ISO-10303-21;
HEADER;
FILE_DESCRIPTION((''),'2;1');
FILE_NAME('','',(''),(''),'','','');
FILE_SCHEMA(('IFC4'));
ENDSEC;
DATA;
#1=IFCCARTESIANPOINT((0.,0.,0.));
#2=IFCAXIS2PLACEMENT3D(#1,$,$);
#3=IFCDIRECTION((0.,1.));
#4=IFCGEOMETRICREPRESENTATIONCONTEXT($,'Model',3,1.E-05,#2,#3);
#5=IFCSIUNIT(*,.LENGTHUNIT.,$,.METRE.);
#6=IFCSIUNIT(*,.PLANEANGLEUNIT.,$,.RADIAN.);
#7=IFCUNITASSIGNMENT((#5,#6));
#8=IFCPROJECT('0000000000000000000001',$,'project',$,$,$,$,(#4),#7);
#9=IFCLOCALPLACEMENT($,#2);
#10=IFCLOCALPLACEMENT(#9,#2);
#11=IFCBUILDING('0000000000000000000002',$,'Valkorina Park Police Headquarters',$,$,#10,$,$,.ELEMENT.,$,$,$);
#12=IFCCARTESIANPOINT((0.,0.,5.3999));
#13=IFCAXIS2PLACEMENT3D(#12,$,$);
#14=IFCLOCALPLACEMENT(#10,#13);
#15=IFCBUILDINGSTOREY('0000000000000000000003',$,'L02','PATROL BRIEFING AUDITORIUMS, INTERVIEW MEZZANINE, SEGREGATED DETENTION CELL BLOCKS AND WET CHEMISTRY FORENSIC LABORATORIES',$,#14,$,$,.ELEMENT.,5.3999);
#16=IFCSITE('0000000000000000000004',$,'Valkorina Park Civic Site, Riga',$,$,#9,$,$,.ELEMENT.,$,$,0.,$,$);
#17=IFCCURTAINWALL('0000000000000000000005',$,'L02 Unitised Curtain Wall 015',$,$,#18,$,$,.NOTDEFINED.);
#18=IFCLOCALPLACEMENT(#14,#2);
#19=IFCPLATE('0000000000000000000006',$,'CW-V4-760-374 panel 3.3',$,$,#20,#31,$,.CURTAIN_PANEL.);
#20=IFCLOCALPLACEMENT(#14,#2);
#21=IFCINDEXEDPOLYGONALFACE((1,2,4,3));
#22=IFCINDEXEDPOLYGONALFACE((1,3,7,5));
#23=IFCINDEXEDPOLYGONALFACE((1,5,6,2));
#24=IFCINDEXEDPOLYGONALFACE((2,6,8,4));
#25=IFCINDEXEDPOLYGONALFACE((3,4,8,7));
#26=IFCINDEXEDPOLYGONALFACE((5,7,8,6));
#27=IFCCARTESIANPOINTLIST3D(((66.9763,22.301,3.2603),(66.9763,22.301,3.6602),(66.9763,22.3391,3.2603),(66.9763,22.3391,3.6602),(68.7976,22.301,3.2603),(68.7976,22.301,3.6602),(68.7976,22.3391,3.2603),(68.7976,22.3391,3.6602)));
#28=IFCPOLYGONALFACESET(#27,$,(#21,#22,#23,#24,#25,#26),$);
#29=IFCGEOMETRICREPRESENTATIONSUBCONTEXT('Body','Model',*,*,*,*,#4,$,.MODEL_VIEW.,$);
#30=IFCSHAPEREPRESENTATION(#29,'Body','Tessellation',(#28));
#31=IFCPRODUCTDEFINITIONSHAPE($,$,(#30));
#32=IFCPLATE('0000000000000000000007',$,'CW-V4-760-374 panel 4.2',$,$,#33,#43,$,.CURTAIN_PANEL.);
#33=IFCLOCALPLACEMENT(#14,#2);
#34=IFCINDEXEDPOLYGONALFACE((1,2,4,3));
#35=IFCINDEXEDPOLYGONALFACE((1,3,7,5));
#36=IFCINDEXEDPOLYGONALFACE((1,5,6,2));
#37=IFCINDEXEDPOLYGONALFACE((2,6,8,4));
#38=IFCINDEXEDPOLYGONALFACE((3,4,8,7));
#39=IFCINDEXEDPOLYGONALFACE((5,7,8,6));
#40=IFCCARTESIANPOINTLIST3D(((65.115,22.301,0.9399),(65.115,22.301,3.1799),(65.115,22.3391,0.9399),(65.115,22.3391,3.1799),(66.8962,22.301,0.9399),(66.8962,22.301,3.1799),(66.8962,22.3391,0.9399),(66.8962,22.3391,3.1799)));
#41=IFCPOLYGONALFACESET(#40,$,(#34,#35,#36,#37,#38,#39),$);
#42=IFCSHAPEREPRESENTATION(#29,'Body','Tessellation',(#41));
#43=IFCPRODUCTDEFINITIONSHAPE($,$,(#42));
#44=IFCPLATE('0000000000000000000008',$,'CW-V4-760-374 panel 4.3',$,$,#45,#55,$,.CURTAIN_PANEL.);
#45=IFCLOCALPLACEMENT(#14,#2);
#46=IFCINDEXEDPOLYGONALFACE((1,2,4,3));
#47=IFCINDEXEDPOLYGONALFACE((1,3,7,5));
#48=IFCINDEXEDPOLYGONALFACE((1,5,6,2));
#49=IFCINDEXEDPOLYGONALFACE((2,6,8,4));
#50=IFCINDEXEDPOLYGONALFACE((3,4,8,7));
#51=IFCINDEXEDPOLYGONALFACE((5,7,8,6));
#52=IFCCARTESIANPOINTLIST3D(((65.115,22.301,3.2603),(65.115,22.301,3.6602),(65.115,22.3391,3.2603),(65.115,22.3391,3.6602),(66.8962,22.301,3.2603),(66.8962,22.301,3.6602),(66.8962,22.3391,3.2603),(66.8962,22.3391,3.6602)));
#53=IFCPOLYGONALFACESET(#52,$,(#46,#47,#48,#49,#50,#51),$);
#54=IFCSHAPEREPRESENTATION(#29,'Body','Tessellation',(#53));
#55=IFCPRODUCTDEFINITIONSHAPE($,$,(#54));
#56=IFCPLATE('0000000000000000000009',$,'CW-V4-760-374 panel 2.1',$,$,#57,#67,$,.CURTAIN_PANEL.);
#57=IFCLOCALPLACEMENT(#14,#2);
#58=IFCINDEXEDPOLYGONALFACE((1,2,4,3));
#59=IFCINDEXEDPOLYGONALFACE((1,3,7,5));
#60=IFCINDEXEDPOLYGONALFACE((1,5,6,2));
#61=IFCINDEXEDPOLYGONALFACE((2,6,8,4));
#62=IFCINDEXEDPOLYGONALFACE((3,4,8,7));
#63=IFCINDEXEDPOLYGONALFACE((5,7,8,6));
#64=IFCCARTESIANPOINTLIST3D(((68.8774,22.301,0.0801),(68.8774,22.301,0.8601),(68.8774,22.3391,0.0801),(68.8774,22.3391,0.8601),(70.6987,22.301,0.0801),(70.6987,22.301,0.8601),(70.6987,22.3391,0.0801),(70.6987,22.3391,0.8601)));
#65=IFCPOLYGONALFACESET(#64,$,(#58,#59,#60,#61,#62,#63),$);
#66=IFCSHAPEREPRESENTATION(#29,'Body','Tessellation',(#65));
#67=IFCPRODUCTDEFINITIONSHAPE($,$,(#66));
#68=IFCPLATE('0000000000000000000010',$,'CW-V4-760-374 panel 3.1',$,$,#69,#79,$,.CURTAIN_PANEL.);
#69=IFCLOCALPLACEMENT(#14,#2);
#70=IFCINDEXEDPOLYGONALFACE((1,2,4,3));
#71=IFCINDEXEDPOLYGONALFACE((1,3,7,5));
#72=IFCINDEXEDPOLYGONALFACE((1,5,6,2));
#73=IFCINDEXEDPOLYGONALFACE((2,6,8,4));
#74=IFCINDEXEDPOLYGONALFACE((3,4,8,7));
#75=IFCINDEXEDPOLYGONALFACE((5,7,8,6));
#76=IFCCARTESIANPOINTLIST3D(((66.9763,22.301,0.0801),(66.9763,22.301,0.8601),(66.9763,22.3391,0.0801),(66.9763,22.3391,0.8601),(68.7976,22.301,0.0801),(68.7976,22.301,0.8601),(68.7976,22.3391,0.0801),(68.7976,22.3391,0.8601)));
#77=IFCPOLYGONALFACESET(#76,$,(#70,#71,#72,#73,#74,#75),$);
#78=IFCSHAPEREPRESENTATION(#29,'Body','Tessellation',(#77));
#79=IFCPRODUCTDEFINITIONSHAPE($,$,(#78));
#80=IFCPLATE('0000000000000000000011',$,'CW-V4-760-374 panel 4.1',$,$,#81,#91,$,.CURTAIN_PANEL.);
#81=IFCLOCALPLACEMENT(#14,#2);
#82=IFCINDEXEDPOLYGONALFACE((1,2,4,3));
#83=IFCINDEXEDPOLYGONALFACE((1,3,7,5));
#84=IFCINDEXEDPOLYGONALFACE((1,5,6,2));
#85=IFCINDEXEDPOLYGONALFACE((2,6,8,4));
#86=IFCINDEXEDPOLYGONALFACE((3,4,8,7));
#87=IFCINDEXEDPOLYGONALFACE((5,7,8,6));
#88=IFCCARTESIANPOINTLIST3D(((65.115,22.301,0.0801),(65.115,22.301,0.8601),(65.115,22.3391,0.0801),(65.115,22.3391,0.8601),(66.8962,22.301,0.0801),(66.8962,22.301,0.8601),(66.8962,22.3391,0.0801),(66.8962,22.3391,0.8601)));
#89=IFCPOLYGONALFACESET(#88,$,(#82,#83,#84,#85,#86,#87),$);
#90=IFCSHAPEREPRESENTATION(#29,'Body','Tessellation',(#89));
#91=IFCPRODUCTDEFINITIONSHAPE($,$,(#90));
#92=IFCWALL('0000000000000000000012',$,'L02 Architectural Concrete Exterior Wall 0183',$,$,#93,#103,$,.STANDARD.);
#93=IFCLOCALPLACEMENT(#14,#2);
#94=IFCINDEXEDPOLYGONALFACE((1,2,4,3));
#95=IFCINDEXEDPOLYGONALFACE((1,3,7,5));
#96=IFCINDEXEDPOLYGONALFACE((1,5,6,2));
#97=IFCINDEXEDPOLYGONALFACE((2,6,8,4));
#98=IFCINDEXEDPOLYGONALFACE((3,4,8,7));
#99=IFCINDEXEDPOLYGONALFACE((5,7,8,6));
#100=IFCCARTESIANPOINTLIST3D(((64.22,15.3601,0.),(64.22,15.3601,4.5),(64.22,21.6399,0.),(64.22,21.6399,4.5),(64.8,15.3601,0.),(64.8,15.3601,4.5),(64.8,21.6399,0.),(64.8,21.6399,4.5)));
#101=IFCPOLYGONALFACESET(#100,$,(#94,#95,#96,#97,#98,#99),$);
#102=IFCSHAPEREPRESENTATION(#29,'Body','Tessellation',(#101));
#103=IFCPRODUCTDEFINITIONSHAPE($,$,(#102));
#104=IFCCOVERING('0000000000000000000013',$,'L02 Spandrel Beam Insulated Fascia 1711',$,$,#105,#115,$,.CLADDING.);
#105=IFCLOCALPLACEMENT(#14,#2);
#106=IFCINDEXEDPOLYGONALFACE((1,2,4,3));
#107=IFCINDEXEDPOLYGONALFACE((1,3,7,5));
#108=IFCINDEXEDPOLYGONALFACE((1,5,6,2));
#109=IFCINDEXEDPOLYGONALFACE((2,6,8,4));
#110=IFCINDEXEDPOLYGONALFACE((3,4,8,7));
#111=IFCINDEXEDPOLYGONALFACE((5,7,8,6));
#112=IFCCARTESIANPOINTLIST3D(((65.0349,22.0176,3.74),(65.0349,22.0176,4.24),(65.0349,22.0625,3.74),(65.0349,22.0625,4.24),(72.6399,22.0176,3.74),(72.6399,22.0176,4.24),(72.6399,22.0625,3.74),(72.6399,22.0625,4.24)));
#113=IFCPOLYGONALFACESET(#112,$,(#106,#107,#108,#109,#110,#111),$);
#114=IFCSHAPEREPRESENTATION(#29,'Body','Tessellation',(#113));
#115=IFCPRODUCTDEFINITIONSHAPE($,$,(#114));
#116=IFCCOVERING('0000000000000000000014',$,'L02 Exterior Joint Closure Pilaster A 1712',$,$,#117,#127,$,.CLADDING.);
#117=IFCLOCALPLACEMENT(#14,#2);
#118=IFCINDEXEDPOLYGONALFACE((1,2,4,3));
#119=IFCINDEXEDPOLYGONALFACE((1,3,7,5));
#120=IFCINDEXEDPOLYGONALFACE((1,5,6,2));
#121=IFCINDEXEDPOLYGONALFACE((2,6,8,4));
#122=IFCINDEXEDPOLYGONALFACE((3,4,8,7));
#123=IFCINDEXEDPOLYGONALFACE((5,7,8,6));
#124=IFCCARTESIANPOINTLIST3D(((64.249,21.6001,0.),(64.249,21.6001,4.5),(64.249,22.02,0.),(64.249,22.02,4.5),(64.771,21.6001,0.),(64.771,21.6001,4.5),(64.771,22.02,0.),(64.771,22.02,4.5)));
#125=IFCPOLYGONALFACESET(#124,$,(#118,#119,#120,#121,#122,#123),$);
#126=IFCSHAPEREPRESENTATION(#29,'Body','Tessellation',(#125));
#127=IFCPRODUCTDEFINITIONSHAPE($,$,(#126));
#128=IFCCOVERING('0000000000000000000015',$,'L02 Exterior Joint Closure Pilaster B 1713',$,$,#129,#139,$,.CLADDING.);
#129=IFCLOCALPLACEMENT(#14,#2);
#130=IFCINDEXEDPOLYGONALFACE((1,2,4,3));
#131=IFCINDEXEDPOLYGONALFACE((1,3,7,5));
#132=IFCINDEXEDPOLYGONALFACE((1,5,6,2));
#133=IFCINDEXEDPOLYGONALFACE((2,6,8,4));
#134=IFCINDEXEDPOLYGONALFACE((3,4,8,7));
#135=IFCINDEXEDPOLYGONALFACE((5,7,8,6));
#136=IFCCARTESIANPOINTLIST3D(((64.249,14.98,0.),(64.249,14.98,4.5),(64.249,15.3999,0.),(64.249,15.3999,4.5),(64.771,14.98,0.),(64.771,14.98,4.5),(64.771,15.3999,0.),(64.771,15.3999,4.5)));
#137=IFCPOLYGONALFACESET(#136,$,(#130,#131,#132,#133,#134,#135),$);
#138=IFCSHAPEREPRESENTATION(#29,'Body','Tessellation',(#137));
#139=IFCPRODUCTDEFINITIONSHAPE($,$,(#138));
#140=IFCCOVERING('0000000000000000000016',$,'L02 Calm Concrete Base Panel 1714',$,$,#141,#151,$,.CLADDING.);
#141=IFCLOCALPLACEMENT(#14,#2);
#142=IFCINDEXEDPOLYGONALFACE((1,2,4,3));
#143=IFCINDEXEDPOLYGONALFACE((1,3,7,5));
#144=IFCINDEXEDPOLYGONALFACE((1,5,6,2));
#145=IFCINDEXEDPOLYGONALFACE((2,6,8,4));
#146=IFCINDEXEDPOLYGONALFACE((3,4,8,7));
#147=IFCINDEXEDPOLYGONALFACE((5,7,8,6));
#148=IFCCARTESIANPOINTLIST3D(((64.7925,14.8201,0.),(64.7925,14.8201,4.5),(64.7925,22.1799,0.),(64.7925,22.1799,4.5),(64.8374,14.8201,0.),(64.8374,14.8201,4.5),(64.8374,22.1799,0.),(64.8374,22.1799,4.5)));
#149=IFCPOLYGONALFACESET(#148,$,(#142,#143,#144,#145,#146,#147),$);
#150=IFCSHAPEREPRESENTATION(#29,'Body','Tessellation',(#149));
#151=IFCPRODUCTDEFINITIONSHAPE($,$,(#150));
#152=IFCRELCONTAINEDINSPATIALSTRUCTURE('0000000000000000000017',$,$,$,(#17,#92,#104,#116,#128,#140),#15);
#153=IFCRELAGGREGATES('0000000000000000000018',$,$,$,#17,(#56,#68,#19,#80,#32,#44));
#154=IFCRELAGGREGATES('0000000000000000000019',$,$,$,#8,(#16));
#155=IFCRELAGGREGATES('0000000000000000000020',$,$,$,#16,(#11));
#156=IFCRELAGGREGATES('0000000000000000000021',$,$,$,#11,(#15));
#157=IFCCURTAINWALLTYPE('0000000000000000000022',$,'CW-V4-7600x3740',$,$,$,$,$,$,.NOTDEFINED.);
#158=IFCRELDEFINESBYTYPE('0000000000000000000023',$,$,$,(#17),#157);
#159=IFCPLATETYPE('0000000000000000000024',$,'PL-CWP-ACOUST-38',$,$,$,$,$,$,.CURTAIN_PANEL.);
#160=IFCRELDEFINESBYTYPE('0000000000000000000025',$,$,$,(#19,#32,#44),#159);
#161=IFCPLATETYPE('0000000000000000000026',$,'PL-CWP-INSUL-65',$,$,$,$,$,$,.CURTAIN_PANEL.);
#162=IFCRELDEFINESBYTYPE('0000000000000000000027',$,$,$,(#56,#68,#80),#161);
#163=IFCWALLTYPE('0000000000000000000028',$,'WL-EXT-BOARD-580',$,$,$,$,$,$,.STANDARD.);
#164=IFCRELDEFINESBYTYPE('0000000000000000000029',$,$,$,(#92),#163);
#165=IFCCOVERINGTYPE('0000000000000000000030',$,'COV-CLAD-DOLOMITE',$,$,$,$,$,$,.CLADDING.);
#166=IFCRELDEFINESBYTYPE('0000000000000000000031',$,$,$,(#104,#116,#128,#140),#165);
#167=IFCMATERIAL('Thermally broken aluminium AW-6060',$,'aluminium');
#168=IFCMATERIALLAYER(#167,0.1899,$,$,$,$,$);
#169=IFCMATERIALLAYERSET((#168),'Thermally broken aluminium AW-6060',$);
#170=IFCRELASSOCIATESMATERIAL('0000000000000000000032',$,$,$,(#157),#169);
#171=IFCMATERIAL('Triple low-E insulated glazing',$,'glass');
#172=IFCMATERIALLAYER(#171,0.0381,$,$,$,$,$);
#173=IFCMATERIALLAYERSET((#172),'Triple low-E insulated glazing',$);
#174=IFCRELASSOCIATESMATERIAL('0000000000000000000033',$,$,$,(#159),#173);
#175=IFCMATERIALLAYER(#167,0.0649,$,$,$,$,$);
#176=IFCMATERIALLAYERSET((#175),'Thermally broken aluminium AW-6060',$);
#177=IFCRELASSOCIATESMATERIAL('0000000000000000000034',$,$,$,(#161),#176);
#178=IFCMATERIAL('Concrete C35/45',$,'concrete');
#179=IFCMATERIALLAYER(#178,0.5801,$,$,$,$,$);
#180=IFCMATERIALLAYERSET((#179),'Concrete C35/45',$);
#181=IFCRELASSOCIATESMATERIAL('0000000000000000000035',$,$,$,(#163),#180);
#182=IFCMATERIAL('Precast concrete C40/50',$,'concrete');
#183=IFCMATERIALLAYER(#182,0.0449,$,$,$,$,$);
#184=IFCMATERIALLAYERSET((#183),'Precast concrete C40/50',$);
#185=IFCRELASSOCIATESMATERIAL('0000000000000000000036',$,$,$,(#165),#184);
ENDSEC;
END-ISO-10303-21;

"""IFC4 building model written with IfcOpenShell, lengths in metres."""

from ifc_helpers import new_model, si_unit, direction, frame, frame_2d, origin, origin_2d, place, context, subcontext, project, spatial, rectangle, extrude, material, layer, layer_set, type_object, element, aggregate, save


model = new_model("IFC4")

# Units and contexts
model_context = context("Model", 3, precision=1e-05, world=origin(), true_north=direction((0.0, 1.0)))
body_context = subcontext(model_context, "Body", "Model", "MODEL_VIEW")
ifc_project = project(units=[si_unit("LENGTHUNIT", "METRE"), si_unit("PLANEANGLEUNIT", "RADIAN")], contexts=[model_context])

# Site, building, storey
site_placement = place(None, origin())
site = spatial("IfcSite", under=ifc_project, at=site_placement, Name="Valkorina Park Civic Site, Riga", CompositionType="ELEMENT", RefElevation=0.0)
building_placement = place(site_placement, origin())
building = spatial("IfcBuilding", under=site, at=building_placement, Name="Valkorina Park Police Headquarters", CompositionType="ELEMENT")
storey_placement = place(building_placement, frame((0.0, 0.0, 5.3999)))
storey = spatial("IfcBuildingStorey", under=building, at=storey_placement, Name="L02", Description="PATROL BRIEFING AUDITORIUMS, INTERVIEW MEZZANINE, SEGREGATED DETENTION CELL BLOCKS AND WET CHEMISTRY FORENSIC LABORATORIES", CompositionType="ELEMENT", Elevation=5.3999)

# Curtain wall, plates
ifc_material_1 = material(Name="Thermally broken aluminium AW-6060", Category="aluminium")
ifc_layer_1 = layer(ifc_material_1, 0.1899)
ifc_layer_set_1 = layer_set([ifc_layer_1], Name="Thermally broken aluminium AW-6060")
curtain_wall_type = type_object("IfcCurtainWallType", Name="CW-V4-7600x3740", PredefinedType="NOTDEFINED", material=ifc_layer_set_1)
curtain_wall_placement = place(storey_placement, origin())
curtain_wall = element("IfcCurtainWall", 1, at=curtain_wall_placement, inside=storey, type_object=curtain_wall_type, Name="L02 Unitised Curtain Wall 015", PredefinedType="NOTDEFINED")
ifc_material_2 = material(Name="Triple low-E insulated glazing", Category="glass")
ifc_layer_2 = layer(ifc_material_2, 0.0381)
ifc_layer_set_2 = layer_set([ifc_layer_2], Name="Triple low-E insulated glazing")
plate_type_1 = type_object("IfcPlateType", Name="PL-CWP-ACOUST-38", PredefinedType="CURTAIN_PANEL", material=ifc_layer_set_2)
plate_1_placement = place(storey_placement, frame((67.887, 22.3201, 3.2603), z_axis=(0.0, 0.0, 1.0), x_axis=(-1.0, 0.0, 0.0)))
plate_1 = element("IfcPlate", 2, at=plate_1_placement, type_object=plate_type_1, Name="CW-V4-760-374 panel 3.3", PredefinedType="CURTAIN_PANEL", context=body_context, shape_type="SweptSolid", body=[
    extrude(rectangle(XDim=1.8213, YDim=0.0381, at=origin_2d()), origin(), (0.0, 0.0, 1.0), 0.3999),
])
plate_2_placement = place(storey_placement, frame((66.0056, 22.3201, 0.9399), z_axis=(0.0, 0.0, 1.0), x_axis=(-1.0, 0.0, 0.0)))
plate_2 = element("IfcPlate", 3, at=plate_2_placement, type_object=plate_type_1, Name="CW-V4-760-374 panel 4.2", PredefinedType="CURTAIN_PANEL", context=body_context, shape_type="SweptSolid", body=[
    extrude(rectangle(XDim=1.7812, YDim=0.0381, at=origin_2d()), origin(), (0.0, 0.0, 1.0), 2.24),
])
plate_3_placement = place(storey_placement, frame((66.0056, 22.3201, 3.2603), z_axis=(0.0, 0.0, 1.0), x_axis=(-1.0, 0.0, 0.0)))
plate_3 = element("IfcPlate", 4, at=plate_3_placement, type_object=plate_type_1, Name="CW-V4-760-374 panel 4.3", PredefinedType="CURTAIN_PANEL", context=body_context, shape_type="SweptSolid", body=[
    extrude(rectangle(XDim=1.7812, YDim=0.0381, at=origin_2d()), origin(), (0.0, 0.0, 1.0), 0.3999),
])
ifc_layer_3 = layer(ifc_material_1, 0.0649)
ifc_layer_set_3 = layer_set([ifc_layer_3], Name="Thermally broken aluminium AW-6060")
plate_type_2 = type_object("IfcPlateType", Name="PL-CWP-INSUL-65", PredefinedType="CURTAIN_PANEL", material=ifc_layer_set_3)
plate_4_placement = place(storey_placement, frame((69.7881, 22.3201, 0.0801), z_axis=(0.0, 0.0, 1.0), x_axis=(-1.0, 0.0, 0.0)))
plate_4 = element("IfcPlate", 5, at=plate_4_placement, type_object=plate_type_2, Name="CW-V4-760-374 panel 2.1", PredefinedType="CURTAIN_PANEL", context=body_context, shape_type="SweptSolid", body=[
    extrude(rectangle(XDim=1.8213, YDim=0.0381, at=origin_2d()), origin(), (0.0, 0.0, 1.0), 0.78),
])
plate_5_placement = place(storey_placement, frame((67.887, 22.3201, 0.0801), z_axis=(0.0, 0.0, 1.0), x_axis=(-1.0, 0.0, 0.0)))
plate_5 = element("IfcPlate", 6, at=plate_5_placement, type_object=plate_type_2, Name="CW-V4-760-374 panel 3.1", PredefinedType="CURTAIN_PANEL", context=body_context, shape_type="SweptSolid", body=[
    extrude(rectangle(XDim=1.8213, YDim=0.0381, at=origin_2d()), origin(), (0.0, 0.0, 1.0), 0.78),
])
plate_6_placement = place(storey_placement, frame((66.0056, 22.3201, 0.0801), z_axis=(0.0, 0.0, 1.0), x_axis=(-1.0, 0.0, 0.0)))
plate_6 = element("IfcPlate", 7, at=plate_6_placement, type_object=plate_type_2, Name="CW-V4-760-374 panel 4.1", PredefinedType="CURTAIN_PANEL", context=body_context, shape_type="SweptSolid", body=[
    extrude(rectangle(XDim=1.7812, YDim=0.0381, at=origin_2d()), origin(), (0.0, 0.0, 1.0), 0.78),
])
aggregate(curtain_wall, [plate_4, plate_5, plate_1, plate_6, plate_2, plate_3])

# Wall
ifc_material_3 = material(Name="Concrete C35/45", Category="concrete")
ifc_layer_4 = layer(ifc_material_3, 0.5801)
ifc_layer_set_4 = layer_set([ifc_layer_4], Name="Concrete C35/45")
wall_type = type_object("IfcWallType", Name="WL-EXT-BOARD-580", PredefinedType="STANDARD", material=ifc_layer_set_4)
wall_placement = place(storey_placement, frame((64.51, 21.6399, 0.0), z_axis=(0.0, 0.0, 1.0), x_axis=(0.0, -1.0, 0.0)))
element("IfcWall", 8, at=wall_placement, inside=storey, type_object=wall_type, Name="L02 Architectural Concrete Exterior Wall 0183", PredefinedType="STANDARD", context=body_context, shape_type="SweptSolid", body=[
    extrude(rectangle(XDim=6.2798, YDim=0.5801, at=frame_2d((3.1399, 0.0))), origin(), (0.0, 0.0, 1.0), 4.5),
])

# Coverings
ifc_material_4 = material(Name="Precast concrete C40/50", Category="concrete")
ifc_layer_5 = layer(ifc_material_4, 0.0449)
ifc_layer_set_5 = layer_set([ifc_layer_5], Name="Precast concrete C40/50")
covering_type = type_object("IfcCoveringType", Name="COV-CLAD-DOLOMITE", PredefinedType="CLADDING", material=ifc_layer_set_5)
covering_1_placement = place(storey_placement, frame((72.6399, 22.04, 3.74), z_axis=(0.0, 0.0, 1.0), x_axis=(-1.0, 0.0, 0.0)))
element("IfcCovering", 9, at=covering_1_placement, inside=storey, type_object=covering_type, Name="L02 Spandrel Beam Insulated Fascia 1711", PredefinedType="CLADDING", context=body_context, shape_type="SweptSolid", body=[
    extrude(rectangle(XDim=7.605, YDim=0.0449, at=frame_2d((3.8025, 0.0))), origin(), (0.0, 0.0, 1.0), 0.5),
])
for number, where, z_axis, x_axis, name in (
    (10, (64.51, 21.8101, 0.0), (0.0, 0.0, 1.0), (0.0, 1.0, 0.0), "L02 Exterior Joint Closure Pilaster A 1712"),
    (11, (64.51, 15.1899, 0.0), (0.0, 0.0, 1.0), (0.0, 1.0, 0.0), "L02 Exterior Joint Closure Pilaster B 1713"),
):
    element("IfcCovering", number, at=place(storey_placement, frame(where, z_axis=z_axis, x_axis=x_axis)), inside=storey, type_object=covering_type, Name=name, PredefinedType="CLADDING", context=body_context, shape_type="SweptSolid", body=[
        extrude(rectangle(XDim=0.4199, YDim=0.522, at=origin_2d()), origin(), (0.0, 0.0, 1.0), 4.5),
    ])
covering_2_placement = place(storey_placement, frame((64.8149, 22.1799, 0.0), z_axis=(0.0, 0.0, 1.0), x_axis=(0.0, -1.0, 0.0)))
element("IfcCovering", 12, at=covering_2_placement, inside=storey, type_object=covering_type, Name="L02 Calm Concrete Base Panel 1714", PredefinedType="CLADDING", context=body_context, shape_type="SweptSolid", body=[
    extrude(rectangle(XDim=7.3599, YDim=0.0449, at=frame_2d((3.6799, 0.0))), origin(), (0.0, 0.0, 1.0), 4.5),
])

save(model, "model.ifc")
